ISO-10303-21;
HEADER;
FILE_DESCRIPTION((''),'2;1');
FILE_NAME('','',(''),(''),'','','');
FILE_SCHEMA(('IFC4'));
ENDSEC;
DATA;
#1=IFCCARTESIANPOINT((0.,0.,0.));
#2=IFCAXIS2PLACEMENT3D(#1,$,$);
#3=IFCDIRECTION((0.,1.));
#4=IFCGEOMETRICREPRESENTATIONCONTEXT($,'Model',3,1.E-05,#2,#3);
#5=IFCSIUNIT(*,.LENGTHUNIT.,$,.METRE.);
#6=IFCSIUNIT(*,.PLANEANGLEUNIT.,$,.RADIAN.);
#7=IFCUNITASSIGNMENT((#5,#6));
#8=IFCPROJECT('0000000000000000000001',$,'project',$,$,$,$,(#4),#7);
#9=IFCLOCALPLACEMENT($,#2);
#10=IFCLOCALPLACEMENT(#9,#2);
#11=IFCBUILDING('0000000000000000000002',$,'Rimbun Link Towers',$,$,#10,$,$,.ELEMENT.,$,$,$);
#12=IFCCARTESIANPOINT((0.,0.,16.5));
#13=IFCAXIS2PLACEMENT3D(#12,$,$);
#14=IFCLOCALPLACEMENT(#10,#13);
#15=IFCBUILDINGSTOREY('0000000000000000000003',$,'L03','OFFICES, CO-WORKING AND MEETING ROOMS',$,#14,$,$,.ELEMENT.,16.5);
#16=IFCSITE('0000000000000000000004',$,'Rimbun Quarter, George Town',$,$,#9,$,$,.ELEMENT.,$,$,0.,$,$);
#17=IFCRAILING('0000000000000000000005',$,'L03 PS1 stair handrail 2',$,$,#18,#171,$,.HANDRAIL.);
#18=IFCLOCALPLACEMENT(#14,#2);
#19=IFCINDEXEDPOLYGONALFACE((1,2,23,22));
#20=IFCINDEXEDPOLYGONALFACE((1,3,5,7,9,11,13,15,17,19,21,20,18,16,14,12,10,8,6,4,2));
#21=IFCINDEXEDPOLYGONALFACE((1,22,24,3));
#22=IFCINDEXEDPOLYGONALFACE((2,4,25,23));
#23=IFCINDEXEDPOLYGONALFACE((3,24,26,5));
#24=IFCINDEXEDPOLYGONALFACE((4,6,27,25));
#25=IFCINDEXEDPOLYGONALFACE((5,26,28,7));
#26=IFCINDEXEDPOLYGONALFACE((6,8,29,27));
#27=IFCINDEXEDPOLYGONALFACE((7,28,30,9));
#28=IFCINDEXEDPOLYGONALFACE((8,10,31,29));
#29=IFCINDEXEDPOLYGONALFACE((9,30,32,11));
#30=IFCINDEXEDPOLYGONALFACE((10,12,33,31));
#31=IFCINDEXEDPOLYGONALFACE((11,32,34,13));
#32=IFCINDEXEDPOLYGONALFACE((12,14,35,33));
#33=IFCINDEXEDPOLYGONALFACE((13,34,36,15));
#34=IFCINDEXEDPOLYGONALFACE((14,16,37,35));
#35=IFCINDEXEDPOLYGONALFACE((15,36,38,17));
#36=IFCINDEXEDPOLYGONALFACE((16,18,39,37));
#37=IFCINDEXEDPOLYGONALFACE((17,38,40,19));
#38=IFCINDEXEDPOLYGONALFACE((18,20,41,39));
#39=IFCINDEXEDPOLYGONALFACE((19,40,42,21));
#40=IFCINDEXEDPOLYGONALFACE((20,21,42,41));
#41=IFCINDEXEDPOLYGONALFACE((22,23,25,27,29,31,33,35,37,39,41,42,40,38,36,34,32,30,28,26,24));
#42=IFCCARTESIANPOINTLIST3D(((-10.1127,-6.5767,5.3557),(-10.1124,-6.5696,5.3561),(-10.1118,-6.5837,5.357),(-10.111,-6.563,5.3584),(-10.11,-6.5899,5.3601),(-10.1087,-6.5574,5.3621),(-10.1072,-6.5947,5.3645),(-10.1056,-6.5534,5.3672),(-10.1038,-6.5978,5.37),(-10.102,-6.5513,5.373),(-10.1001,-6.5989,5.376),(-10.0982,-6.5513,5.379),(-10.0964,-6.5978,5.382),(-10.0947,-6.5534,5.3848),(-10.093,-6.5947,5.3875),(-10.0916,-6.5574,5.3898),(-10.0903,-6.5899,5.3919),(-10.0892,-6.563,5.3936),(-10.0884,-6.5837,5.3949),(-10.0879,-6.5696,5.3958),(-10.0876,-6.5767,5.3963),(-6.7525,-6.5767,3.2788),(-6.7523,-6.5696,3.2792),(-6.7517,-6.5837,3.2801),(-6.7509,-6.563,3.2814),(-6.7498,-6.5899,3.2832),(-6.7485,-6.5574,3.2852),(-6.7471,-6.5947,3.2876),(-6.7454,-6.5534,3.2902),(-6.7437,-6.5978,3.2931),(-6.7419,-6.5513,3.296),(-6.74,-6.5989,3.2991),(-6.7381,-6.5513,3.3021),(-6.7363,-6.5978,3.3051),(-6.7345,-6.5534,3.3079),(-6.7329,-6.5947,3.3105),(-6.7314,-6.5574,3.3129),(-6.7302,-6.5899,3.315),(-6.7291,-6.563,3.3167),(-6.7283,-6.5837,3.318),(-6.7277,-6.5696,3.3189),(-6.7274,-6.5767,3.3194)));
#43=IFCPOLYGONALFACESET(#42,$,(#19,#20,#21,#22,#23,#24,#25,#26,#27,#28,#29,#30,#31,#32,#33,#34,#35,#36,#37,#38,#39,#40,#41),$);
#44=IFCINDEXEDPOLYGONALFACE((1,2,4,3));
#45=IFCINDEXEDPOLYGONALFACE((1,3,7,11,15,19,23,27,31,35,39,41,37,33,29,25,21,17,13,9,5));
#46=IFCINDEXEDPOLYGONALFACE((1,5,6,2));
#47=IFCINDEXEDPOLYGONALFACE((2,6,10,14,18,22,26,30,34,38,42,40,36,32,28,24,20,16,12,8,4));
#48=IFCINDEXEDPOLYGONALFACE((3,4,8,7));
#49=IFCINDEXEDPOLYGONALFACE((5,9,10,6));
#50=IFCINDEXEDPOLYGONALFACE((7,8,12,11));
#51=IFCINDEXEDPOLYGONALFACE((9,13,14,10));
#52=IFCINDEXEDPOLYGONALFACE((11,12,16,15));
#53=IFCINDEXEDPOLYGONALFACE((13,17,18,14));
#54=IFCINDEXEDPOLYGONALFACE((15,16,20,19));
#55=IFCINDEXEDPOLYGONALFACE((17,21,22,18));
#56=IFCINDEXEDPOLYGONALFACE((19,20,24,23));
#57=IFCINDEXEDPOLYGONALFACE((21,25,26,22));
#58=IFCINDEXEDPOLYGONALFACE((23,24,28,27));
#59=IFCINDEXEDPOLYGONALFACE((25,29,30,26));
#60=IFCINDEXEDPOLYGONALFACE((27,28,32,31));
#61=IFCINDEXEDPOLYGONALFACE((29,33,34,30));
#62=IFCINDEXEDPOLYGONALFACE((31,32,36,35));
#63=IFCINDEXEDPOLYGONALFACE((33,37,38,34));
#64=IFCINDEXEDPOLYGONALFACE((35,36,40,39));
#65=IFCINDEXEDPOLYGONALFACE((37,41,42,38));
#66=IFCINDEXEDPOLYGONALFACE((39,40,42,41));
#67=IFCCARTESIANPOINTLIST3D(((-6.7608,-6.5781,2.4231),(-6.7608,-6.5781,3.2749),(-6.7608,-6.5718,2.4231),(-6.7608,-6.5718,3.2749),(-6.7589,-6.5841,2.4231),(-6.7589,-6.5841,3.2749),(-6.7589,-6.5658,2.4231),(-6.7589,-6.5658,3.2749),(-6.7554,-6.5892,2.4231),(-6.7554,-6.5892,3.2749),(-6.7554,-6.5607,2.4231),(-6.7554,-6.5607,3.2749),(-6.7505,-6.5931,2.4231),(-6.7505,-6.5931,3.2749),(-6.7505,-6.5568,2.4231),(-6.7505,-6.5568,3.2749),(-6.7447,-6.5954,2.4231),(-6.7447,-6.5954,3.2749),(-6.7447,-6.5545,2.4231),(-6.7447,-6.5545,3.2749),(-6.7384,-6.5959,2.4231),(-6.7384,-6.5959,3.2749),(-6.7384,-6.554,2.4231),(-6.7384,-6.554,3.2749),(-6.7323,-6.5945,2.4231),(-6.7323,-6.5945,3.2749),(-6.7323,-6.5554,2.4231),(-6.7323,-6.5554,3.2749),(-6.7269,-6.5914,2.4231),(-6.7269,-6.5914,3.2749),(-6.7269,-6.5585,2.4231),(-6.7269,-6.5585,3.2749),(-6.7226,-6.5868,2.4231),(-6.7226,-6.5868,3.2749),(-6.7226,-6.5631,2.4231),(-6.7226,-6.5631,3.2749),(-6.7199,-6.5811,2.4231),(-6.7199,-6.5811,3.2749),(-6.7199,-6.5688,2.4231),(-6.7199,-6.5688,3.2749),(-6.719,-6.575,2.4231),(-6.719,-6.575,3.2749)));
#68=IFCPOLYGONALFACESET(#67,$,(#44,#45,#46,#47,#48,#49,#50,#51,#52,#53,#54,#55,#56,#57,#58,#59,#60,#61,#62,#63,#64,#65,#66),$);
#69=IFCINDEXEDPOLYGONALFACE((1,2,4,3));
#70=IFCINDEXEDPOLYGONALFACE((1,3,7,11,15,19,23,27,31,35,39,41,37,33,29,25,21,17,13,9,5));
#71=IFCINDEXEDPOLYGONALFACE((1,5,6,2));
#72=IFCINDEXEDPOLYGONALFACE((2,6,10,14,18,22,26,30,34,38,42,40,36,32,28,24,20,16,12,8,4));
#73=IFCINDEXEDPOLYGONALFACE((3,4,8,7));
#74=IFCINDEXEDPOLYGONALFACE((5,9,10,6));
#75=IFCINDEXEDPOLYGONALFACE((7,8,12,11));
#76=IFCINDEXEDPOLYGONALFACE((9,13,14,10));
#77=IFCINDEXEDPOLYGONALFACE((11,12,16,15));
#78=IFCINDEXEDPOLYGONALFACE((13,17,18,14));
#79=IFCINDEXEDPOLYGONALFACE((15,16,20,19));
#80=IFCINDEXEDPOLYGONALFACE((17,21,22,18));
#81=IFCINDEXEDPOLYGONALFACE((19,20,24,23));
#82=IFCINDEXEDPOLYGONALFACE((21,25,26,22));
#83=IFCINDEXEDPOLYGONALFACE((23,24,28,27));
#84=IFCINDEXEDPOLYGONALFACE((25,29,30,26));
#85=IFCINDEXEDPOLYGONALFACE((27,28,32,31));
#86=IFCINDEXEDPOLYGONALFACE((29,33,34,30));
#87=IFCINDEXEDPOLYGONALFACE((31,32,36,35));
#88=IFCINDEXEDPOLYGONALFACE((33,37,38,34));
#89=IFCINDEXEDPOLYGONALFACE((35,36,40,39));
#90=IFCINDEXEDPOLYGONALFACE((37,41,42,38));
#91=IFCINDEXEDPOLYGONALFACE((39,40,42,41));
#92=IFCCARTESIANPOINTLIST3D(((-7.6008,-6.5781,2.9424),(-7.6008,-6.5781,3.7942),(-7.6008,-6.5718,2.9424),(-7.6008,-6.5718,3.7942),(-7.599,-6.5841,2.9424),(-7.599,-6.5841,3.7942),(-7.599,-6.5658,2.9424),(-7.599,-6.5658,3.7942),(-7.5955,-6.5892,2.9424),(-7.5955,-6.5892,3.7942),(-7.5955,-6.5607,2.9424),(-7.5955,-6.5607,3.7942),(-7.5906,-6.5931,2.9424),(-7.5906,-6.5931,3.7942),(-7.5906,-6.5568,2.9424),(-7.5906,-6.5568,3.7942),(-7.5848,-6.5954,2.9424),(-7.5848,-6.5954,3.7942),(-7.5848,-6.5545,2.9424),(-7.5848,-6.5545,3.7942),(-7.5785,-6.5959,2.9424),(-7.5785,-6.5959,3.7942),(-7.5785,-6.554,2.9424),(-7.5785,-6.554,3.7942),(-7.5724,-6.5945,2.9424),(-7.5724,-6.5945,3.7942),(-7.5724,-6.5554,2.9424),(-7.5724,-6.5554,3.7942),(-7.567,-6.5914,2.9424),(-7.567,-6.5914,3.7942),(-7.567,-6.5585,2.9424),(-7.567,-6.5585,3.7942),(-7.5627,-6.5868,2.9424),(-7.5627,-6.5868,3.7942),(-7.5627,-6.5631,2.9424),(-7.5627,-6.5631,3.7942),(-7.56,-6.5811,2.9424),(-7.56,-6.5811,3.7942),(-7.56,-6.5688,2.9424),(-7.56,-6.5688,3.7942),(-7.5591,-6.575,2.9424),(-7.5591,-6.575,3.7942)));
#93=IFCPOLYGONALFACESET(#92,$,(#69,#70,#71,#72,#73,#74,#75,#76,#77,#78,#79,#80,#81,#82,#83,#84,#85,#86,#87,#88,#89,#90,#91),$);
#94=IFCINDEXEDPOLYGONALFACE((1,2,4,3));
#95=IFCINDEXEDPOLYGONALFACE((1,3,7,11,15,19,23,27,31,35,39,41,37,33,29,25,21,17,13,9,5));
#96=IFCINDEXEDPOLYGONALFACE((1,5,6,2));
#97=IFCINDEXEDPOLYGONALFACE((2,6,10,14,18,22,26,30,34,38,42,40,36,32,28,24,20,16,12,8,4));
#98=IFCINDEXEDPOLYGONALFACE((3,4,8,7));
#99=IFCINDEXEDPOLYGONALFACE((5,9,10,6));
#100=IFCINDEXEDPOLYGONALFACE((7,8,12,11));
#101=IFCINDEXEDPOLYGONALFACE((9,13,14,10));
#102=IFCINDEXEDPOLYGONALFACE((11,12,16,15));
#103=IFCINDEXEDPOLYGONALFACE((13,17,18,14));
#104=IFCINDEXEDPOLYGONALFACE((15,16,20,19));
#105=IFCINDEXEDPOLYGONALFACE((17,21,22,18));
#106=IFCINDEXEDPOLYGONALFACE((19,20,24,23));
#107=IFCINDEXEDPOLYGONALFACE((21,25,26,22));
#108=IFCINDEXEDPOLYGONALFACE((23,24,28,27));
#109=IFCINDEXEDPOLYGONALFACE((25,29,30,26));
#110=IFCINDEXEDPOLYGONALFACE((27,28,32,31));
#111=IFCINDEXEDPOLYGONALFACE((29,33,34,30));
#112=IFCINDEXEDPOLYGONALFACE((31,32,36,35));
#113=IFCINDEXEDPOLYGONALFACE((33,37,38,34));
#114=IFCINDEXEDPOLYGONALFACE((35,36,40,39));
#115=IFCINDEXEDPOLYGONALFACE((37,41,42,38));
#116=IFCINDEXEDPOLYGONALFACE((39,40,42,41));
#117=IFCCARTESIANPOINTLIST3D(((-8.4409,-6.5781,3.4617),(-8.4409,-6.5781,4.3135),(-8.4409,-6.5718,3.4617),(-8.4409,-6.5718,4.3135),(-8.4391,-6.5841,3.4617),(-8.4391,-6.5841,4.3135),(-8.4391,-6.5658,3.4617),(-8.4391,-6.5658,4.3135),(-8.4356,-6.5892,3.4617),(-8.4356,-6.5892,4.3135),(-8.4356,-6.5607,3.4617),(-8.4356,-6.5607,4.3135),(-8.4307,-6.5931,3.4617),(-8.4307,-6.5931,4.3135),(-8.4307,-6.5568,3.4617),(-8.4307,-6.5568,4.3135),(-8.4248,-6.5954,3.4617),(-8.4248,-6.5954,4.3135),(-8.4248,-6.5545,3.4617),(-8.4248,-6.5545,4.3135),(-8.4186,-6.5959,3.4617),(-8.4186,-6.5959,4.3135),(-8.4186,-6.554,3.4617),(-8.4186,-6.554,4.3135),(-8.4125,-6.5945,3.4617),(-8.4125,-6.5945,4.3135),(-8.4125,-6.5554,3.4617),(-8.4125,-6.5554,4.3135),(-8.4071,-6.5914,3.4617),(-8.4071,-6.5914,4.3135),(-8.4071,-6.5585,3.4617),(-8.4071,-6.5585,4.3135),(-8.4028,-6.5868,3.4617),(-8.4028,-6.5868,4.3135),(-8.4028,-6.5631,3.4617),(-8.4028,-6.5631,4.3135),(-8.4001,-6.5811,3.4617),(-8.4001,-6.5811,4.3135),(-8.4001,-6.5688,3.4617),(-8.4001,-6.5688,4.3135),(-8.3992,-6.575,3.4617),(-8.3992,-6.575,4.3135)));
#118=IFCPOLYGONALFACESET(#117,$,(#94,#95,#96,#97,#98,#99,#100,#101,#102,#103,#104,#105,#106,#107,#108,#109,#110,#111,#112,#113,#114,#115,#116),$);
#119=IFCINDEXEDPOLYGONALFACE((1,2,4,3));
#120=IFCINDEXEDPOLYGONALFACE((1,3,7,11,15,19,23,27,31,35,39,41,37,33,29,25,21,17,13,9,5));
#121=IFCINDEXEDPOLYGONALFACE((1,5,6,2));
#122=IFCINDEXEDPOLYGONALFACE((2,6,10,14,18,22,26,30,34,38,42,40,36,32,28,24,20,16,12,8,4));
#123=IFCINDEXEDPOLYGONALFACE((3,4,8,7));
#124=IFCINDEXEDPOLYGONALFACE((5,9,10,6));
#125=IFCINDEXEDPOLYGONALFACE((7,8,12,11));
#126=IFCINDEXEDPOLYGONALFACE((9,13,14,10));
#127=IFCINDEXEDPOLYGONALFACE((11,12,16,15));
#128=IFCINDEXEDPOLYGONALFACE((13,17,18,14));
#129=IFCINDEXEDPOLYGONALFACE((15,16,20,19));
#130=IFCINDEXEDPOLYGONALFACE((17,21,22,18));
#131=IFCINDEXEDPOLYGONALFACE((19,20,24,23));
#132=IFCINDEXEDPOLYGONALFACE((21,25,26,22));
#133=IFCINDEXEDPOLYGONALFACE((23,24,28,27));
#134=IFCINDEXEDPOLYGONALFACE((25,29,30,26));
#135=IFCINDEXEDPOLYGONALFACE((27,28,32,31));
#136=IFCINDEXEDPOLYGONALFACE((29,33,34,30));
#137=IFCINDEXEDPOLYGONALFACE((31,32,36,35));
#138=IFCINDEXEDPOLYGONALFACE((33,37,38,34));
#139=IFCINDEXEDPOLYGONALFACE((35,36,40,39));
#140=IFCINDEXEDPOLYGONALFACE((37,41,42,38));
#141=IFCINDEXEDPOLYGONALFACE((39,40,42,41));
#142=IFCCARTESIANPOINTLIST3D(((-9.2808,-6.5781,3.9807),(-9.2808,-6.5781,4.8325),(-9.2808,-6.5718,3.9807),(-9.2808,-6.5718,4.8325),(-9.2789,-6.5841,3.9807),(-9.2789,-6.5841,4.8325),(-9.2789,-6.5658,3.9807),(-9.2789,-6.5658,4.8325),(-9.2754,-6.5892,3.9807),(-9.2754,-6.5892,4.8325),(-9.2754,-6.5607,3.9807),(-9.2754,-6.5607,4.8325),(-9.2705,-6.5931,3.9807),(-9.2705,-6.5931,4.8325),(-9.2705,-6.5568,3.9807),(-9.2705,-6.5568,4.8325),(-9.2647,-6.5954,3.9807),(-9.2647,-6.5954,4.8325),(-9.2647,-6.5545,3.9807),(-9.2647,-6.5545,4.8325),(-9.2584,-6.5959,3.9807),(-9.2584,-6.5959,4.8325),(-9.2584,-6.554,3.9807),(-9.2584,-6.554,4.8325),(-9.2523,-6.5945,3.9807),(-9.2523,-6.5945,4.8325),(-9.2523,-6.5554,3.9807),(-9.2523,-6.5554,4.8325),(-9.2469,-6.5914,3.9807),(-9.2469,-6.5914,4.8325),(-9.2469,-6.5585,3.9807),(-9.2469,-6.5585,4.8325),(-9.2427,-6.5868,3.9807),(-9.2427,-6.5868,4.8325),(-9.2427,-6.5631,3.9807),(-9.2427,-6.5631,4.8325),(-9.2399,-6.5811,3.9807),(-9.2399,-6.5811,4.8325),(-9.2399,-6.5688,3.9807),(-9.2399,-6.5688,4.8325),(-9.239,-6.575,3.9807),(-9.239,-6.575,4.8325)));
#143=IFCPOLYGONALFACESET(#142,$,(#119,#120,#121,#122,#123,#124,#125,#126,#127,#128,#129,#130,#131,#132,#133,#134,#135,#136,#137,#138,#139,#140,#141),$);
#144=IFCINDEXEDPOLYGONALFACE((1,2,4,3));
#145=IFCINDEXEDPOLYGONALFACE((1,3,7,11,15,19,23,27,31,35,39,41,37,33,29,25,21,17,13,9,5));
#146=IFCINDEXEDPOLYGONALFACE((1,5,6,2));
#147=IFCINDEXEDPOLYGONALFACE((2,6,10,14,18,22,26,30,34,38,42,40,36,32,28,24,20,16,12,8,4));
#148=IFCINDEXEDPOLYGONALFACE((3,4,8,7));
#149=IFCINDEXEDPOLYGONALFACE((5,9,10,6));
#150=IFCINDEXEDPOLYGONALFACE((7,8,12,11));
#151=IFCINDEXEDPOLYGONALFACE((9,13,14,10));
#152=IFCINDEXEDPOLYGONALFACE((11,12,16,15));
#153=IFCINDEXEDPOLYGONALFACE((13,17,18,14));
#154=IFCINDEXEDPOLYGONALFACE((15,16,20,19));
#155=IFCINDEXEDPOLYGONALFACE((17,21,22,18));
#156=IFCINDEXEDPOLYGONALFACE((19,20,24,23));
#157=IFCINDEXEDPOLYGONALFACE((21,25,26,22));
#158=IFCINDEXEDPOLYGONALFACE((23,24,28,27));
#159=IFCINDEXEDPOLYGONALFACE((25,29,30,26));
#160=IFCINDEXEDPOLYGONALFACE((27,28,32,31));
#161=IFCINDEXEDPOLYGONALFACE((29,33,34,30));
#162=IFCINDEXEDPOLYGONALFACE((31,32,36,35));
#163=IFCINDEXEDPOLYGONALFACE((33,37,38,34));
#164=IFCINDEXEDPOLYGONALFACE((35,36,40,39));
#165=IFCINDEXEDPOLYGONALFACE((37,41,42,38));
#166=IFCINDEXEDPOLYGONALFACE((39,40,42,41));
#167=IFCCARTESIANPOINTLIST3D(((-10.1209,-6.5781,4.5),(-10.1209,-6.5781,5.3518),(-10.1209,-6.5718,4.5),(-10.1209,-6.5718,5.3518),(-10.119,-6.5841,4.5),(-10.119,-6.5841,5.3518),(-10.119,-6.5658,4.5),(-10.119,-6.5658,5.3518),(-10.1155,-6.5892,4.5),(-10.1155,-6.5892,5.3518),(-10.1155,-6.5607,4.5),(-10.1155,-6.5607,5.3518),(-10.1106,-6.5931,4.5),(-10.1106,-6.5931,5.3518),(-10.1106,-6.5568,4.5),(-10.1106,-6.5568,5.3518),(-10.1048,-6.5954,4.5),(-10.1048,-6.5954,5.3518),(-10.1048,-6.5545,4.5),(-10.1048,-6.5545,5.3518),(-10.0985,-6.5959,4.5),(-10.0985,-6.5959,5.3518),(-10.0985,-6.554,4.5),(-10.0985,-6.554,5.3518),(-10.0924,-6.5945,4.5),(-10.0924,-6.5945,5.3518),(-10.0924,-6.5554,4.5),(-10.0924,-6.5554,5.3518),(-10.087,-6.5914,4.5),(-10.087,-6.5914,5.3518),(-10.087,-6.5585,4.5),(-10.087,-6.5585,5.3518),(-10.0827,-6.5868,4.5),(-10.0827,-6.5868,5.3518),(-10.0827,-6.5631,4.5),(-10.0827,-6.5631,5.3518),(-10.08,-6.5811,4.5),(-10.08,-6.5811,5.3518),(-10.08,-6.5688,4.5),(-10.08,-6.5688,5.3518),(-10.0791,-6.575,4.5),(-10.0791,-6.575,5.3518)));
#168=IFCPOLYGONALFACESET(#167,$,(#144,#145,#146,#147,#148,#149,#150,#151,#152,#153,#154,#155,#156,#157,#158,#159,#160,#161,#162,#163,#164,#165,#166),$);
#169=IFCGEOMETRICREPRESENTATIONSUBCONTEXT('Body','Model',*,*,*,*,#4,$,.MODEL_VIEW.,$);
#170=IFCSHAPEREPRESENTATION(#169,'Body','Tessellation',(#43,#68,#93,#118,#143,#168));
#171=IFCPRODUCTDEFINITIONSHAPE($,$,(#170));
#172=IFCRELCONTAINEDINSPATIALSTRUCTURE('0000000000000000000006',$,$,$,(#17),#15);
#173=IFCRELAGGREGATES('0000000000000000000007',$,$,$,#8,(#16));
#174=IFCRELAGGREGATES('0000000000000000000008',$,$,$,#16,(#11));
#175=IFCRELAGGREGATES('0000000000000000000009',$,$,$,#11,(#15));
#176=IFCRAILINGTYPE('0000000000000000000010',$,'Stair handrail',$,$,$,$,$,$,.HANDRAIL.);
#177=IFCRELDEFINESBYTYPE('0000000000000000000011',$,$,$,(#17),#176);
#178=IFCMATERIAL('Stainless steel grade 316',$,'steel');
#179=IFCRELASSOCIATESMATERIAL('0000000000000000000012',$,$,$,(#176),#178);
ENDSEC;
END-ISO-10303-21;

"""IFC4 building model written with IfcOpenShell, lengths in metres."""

from ifc_helpers import new_model, si_unit, direction, frame, origin, origin_2d, place, context, subcontext, project, spatial, circle, extrude, material, type_object, element, save


model = new_model("IFC4")

# Units and contexts
model_context = context("Model", 3, precision=1e-05, world=origin(), true_north=direction((0.0, 1.0)))
body_context = subcontext(model_context, "Body", "Model", "MODEL_VIEW")
ifc_project = project(units=[si_unit("LENGTHUNIT", "METRE"), si_unit("PLANEANGLEUNIT", "RADIAN")], contexts=[model_context])

# Site, building, storey
site_placement = place(None, origin())
site = spatial("IfcSite", under=ifc_project, at=site_placement, Name="Rimbun Quarter, George Town", CompositionType="ELEMENT", RefElevation=0.0)
building_placement = place(site_placement, origin())
building = spatial("IfcBuilding", under=site, at=building_placement, Name="Rimbun Link Towers", CompositionType="ELEMENT")
storey_placement = place(building_placement, frame((0.0, 0.0, 16.5)))
storey = spatial("IfcBuildingStorey", under=building, at=storey_placement, Name="L03", Description="OFFICES, CO-WORKING AND MEETING ROOMS", CompositionType="ELEMENT", Elevation=16.5)

# Railing
ifc_material_1 = material(Name="Stainless steel grade 316", Category="steel")
railing_type_1 = type_object("IfcRailingType", Name="Stair handrail", PredefinedType="HANDRAIL", material=ifc_material_1)
railing_1_placement = place(storey_placement, frame((-6.74, -6.575, 2.4231)))
element("IfcRailing", 1, at=railing_1_placement, inside=storey, type_object=railing_type_1, Name="L03 PS1 stair handrail 2", PredefinedType="HANDRAIL", context=body_context, shape_type="SweptSolid", body=[
    extrude(circle(Radius=0.0239, at=origin_2d()), frame((0.0, 0.0, 0.876), z_axis=(-0.850623, 0.0, 0.525776), x_axis=(0.0, -1.0, 0.0)), (0.0, 0.0, 1.0), 3.9502),
    extrude(circle(Radius=0.021, at=origin_2d()), origin(), (0.0, 0.0, 1.0), 0.8518),
    extrude(circle(Radius=0.021, at=origin_2d()), frame((-0.8401, 0.0, 0.5193)), (0.0, 0.0, 1.0), 0.8518),
    extrude(circle(Radius=0.021, at=origin_2d()), frame((-1.6802, 0.0, 1.0386)), (0.0, 0.0, 1.0), 0.8518),
    extrude(circle(Radius=0.021, at=origin_2d()), frame((-2.52, 0.0, 1.5576)), (0.0, 0.0, 1.0), 0.8518),
    extrude(circle(Radius=0.021, at=origin_2d()), frame((-3.3601, 0.0, 2.0769)), (0.0, 0.0, 1.0), 0.8518),
])

save(model, "model.ifc")
